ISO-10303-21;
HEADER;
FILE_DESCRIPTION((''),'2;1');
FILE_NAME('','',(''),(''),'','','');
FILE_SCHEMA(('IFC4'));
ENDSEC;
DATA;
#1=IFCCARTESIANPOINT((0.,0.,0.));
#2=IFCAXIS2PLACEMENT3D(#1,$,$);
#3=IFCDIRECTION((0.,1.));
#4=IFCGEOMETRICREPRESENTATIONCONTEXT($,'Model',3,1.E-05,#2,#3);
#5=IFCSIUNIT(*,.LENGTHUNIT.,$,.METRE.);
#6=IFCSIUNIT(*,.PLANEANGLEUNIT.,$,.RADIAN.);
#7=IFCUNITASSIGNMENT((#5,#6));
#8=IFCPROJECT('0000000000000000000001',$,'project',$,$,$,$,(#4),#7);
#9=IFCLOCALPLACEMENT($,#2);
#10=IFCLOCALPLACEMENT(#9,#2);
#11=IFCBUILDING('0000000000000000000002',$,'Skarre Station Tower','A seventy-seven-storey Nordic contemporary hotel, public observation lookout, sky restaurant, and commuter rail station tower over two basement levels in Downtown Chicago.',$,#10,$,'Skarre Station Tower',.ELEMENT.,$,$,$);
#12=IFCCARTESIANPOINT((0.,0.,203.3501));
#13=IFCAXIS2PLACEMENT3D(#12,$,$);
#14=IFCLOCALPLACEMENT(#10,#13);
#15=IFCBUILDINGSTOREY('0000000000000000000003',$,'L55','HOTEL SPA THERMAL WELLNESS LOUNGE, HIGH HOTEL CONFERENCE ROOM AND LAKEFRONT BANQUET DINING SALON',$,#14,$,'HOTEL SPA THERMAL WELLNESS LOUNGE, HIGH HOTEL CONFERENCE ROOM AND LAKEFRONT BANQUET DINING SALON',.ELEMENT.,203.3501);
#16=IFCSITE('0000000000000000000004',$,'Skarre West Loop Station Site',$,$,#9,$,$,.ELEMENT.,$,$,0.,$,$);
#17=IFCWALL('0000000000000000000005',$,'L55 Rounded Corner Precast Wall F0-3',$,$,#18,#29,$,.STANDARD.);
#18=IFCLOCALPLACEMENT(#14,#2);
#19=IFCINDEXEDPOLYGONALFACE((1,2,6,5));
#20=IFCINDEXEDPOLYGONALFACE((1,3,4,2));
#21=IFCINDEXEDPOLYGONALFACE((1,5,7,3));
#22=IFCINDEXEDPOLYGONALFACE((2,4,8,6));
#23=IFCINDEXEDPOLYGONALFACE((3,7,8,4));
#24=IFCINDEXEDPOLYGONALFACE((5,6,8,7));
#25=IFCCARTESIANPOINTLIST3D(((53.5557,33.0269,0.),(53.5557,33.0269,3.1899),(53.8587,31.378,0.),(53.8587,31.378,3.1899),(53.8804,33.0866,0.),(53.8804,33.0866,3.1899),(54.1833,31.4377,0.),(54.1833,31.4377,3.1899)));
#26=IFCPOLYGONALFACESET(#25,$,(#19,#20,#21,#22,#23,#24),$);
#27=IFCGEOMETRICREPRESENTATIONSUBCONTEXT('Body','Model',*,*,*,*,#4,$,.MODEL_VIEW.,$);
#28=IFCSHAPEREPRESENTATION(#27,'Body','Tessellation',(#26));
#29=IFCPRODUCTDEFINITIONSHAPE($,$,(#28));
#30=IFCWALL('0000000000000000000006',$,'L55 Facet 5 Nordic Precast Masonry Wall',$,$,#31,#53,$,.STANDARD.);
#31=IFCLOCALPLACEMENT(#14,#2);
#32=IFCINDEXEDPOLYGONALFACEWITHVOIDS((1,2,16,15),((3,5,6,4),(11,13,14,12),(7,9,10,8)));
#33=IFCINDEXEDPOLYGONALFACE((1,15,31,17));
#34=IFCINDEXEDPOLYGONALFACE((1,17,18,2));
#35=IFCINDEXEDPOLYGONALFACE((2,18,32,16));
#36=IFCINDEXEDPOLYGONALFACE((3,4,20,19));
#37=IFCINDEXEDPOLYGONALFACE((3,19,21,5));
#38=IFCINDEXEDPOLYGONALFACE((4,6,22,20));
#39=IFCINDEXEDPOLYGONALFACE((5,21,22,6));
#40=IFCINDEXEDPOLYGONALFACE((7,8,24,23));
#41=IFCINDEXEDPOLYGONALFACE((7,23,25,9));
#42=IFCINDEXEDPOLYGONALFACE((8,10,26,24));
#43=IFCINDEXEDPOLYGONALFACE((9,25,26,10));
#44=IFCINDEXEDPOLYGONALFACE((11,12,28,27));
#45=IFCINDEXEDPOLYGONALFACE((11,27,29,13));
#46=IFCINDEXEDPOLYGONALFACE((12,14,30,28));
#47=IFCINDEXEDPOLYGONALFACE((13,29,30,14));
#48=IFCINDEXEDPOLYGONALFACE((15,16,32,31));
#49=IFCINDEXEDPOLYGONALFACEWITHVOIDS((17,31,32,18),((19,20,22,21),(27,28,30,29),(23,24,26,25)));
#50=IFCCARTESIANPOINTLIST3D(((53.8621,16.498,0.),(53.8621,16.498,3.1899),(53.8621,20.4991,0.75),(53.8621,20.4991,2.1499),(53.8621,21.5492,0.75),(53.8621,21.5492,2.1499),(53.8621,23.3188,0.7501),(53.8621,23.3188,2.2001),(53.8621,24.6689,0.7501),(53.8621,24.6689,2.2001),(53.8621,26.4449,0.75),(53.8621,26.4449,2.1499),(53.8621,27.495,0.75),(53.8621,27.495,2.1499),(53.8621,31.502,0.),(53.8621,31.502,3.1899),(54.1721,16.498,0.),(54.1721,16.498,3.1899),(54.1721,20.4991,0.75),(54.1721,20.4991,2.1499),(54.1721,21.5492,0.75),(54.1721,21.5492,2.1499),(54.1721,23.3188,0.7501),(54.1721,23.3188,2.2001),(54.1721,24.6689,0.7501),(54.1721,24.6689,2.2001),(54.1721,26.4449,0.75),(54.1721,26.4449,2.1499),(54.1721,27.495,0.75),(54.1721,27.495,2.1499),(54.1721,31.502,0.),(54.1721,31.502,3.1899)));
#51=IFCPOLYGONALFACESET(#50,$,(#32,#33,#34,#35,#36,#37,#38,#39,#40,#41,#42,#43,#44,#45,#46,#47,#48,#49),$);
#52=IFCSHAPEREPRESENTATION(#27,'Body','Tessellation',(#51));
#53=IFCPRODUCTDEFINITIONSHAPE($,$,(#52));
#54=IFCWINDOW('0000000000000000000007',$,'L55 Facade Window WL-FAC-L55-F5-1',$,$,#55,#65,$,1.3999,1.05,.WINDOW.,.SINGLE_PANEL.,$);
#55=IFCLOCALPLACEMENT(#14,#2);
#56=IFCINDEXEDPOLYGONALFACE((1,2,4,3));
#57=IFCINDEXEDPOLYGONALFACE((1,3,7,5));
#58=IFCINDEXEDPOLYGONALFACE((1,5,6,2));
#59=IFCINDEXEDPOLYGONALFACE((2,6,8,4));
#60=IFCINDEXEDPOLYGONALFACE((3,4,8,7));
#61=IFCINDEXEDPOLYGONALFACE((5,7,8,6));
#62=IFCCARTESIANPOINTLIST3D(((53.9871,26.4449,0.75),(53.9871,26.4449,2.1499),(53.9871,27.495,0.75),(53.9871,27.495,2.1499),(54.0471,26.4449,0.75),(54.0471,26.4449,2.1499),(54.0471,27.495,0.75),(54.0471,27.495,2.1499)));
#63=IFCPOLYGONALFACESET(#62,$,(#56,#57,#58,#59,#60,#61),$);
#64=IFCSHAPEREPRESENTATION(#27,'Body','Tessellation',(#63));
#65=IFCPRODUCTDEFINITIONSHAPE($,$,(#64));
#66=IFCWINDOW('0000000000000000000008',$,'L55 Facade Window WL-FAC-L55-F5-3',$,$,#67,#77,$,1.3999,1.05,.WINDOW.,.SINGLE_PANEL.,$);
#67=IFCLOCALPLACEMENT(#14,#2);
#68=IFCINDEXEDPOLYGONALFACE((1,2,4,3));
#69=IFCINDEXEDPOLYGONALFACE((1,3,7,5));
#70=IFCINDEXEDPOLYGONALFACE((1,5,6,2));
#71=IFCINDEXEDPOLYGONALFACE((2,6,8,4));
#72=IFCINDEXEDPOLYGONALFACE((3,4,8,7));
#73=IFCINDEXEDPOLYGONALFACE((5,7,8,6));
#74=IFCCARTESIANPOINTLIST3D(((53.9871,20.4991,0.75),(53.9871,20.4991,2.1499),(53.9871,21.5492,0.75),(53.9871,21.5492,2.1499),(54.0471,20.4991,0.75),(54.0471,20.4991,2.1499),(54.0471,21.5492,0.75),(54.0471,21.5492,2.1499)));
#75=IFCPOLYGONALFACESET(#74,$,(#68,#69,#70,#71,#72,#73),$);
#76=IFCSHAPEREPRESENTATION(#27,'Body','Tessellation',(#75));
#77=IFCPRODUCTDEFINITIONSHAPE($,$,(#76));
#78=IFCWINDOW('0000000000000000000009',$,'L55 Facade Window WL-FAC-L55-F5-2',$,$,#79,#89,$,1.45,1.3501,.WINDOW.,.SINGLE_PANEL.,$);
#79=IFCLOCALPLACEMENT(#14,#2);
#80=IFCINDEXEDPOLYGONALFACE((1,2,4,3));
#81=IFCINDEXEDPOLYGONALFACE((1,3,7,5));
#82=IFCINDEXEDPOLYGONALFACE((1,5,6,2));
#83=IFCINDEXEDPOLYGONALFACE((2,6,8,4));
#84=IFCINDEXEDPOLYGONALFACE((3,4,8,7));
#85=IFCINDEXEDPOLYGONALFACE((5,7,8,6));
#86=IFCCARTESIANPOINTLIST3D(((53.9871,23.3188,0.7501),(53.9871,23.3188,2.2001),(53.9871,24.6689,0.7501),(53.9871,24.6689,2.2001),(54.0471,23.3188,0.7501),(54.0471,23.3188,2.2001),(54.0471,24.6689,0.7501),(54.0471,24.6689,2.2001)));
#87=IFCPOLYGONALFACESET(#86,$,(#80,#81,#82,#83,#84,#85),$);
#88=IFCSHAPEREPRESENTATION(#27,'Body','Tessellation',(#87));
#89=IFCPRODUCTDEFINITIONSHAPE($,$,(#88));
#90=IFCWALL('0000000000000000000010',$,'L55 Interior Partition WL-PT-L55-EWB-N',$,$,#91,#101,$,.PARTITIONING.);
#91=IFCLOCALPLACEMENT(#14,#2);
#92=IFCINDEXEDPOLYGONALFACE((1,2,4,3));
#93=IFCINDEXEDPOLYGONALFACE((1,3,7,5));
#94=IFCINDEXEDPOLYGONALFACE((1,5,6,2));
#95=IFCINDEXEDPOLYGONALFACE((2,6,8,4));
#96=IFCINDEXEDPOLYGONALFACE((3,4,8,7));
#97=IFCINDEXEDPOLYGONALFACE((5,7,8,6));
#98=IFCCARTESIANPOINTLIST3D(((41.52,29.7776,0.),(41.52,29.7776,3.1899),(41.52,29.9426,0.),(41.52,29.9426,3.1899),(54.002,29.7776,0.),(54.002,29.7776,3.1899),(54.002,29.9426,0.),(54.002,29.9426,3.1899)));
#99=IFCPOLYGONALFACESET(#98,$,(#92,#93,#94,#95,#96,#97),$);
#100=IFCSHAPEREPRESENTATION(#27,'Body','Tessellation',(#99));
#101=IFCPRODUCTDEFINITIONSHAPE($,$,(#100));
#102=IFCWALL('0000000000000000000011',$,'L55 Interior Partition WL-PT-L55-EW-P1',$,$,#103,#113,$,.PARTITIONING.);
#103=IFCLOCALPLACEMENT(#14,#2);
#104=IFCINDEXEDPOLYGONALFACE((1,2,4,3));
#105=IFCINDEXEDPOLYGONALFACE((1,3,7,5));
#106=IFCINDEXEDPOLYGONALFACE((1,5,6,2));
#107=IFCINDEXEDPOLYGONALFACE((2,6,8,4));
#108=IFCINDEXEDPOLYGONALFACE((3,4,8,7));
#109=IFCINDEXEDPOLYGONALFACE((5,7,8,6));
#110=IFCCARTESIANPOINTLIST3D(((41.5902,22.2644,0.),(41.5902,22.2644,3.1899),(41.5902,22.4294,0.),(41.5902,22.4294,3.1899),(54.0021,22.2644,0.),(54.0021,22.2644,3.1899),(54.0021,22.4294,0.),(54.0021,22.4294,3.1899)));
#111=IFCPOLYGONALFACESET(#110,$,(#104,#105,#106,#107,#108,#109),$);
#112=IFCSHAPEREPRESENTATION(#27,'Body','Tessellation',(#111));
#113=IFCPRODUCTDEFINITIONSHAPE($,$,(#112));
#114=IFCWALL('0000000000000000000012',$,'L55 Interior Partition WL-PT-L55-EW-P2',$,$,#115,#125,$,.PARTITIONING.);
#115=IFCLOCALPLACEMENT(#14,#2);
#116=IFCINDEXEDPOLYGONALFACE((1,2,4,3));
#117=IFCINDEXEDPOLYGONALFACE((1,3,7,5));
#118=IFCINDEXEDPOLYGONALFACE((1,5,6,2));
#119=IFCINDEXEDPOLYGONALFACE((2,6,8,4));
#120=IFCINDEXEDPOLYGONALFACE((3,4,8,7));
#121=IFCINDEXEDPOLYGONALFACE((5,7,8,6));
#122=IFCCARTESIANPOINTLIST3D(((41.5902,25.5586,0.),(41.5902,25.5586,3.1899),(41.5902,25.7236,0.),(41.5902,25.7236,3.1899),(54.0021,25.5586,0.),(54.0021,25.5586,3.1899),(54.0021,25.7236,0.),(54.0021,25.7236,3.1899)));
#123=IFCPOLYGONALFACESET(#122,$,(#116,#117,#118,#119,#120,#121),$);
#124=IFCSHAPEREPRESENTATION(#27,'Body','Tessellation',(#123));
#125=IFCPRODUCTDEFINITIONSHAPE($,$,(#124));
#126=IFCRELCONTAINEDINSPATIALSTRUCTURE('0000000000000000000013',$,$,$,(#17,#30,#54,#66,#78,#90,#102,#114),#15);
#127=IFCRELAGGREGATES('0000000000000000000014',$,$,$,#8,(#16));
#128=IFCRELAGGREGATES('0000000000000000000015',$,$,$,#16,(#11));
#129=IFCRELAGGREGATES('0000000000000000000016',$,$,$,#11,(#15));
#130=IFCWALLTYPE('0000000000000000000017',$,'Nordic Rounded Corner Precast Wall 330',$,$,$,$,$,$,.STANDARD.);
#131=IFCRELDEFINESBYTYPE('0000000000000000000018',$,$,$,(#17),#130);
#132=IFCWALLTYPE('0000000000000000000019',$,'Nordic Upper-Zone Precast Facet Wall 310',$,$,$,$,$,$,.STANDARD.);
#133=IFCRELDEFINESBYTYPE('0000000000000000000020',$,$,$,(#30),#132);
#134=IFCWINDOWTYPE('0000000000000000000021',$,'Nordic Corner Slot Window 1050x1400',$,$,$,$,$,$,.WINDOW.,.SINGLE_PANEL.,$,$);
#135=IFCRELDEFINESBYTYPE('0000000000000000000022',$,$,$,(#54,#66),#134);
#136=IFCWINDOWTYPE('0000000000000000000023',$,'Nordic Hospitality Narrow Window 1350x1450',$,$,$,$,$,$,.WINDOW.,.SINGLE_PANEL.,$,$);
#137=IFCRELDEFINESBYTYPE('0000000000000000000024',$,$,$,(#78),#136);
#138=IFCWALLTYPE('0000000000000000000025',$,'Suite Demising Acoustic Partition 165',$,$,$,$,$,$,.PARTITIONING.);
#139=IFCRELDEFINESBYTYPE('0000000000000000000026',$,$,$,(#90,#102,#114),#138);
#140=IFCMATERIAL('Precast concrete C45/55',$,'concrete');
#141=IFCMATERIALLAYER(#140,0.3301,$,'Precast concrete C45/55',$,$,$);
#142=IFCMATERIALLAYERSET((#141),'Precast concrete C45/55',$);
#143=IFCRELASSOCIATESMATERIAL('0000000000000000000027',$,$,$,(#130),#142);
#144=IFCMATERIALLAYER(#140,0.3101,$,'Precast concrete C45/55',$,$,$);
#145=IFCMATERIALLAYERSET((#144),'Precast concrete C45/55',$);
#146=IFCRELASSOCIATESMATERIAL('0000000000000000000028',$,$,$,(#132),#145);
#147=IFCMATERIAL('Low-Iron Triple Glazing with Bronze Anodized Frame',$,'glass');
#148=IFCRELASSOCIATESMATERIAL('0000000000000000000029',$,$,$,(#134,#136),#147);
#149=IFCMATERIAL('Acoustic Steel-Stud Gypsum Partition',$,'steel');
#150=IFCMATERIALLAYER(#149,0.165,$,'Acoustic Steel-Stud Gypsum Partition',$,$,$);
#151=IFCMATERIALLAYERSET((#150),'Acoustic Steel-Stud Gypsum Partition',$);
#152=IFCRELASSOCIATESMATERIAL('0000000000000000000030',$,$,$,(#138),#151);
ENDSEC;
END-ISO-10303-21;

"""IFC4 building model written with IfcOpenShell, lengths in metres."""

from ifc_helpers import new_model, si_unit, direction, frame, frame_2d, origin, place, context, subcontext, project, spatial, rectangle, extrude, material, layer, layer_set, type_object, element, fill, save


model = new_model("IFC4")

# Units and contexts
model_context = context("Model", 3, precision=1e-05, world=origin(), true_north=direction((0.0, 1.0)))
body_context = subcontext(model_context, "Body", "Model", "MODEL_VIEW")
ifc_project = project(units=[si_unit("LENGTHUNIT", "METRE"), si_unit("PLANEANGLEUNIT", "RADIAN")], contexts=[model_context])

# Site, building, storey
site_placement = place(None, origin())
site = spatial("IfcSite", under=ifc_project, at=site_placement, Name="Skarre West Loop Station Site", CompositionType="ELEMENT", RefElevation=0.0)
building_placement = place(site_placement, origin())
building = spatial("IfcBuilding", under=site, at=building_placement, Name="Skarre Station Tower", Description="A seventy-seven-storey Nordic contemporary hotel, public observation lookout, sky restaurant, and commuter rail station tower over two basement levels in Downtown Chicago.", LongName="Skarre Station Tower", CompositionType="ELEMENT")
storey_placement = place(building_placement, frame((0.0, 0.0, 203.3501)))
storey = spatial("IfcBuildingStorey", under=building, at=storey_placement, Name="L55", Description="HOTEL SPA THERMAL WELLNESS LOUNGE, HIGH HOTEL CONFERENCE ROOM AND LAKEFRONT BANQUET DINING SALON", LongName="HOTEL SPA THERMAL WELLNESS LOUNGE, HIGH HOTEL CONFERENCE ROOM AND LAKEFRONT BANQUET DINING SALON", CompositionType="ELEMENT", Elevation=203.3501)

# Shared definitions
ifc_material_1 = material(Name="Acoustic Steel-Stud Gypsum Partition", Category="steel")

# Wall
ifc_material_2 = material(Name="Precast concrete C45/55", Category="concrete")
ifc_layer_1 = layer(ifc_material_2, 0.3301, Name="Precast concrete C45/55")
ifc_layer_set_1 = layer_set([ifc_layer_1], Name="Precast concrete C45/55")
wall_type_1 = type_object("IfcWallType", Name="Nordic Rounded Corner Precast Wall 330", PredefinedType="STANDARD", material=ifc_layer_set_1)
wall_1_placement = place(storey_placement, frame((53.718, 33.0569, 0.0), z_axis=(0.0, 0.0, 1.0), x_axis=(0.180718, -0.983535, 0.0)))
element("IfcWall", 1, at=wall_1_placement, inside=storey, type_object=wall_type_1, Name="L55 Rounded Corner Precast Wall F0-3", PredefinedType="STANDARD", context=body_context, shape_type="SweptSolid", body=[
    extrude(rectangle(XDim=1.6765, YDim=0.3301, at=frame_2d((0.8384, 0.0))), origin(), (0.0, 0.0, 1.0), 3.1899),
])

# Wall, openings, windows
ifc_layer_2 = layer(ifc_material_2, 0.3101, Name="Precast concrete C45/55")
ifc_layer_set_2 = layer_set([ifc_layer_2], Name="Precast concrete C45/55")
wall_type_2 = type_object("IfcWallType", Name="Nordic Upper-Zone Precast Facet Wall 310", PredefinedType="STANDARD", material=ifc_layer_set_2)
wall_2_placement = place(storey_placement, frame((54.0171, 31.502, 0.0), z_axis=(0.0, 0.0, 1.0), x_axis=(0.0, -1.0, 0.0)))
wall_2 = element("IfcWall", 2, at=wall_2_placement, inside=storey, type_object=wall_type_2, Name="L55 Facet 5 Nordic Precast Masonry Wall", PredefinedType="STANDARD", context=body_context, shape_type="SweptSolid", body=[
    extrude(rectangle(XDim=15.0039, YDim=0.3101, at=frame_2d((7.502, 0.0))), origin(), (0.0, 0.0, 1.0), 3.1899),
])
opening_1_placement = place(wall_2_placement, frame((4.0071, 0.0, 0.75)))
opening_1 = element("IfcOpeningElement", 3, at=opening_1_placement, cuts=wall_2, PredefinedType="OPENING", context=body_context, shape_type="SweptSolid", body=[
    extrude(rectangle(XDim=1.05, YDim=1.3999, at=frame_2d((0.5249, 0.7))), frame((0.0, 0.165, 0.0), z_axis=(0.0, -1.0, 0.0), x_axis=(1.0, 0.0, 0.0)), (0.0, 0.0, 1.0), 0.3301),
])
opening_2_placement = place(wall_2_placement, frame((6.833, 0.0, 0.75)))
opening_2 = element("IfcOpeningElement", 4, at=opening_2_placement, cuts=wall_2, PredefinedType="OPENING", context=body_context, shape_type="SweptSolid", body=[
    extrude(rectangle(XDim=1.3501, YDim=1.45, at=frame_2d((0.675, 0.7251))), frame((0.0, 0.165, 0.0), z_axis=(0.0, -1.0, 0.0), x_axis=(1.0, 0.0, 0.0)), (0.0, 0.0, 1.0), 0.3301),
])
opening_3_placement = place(wall_2_placement, frame((9.9529, 0.0, 0.75)))
opening_3 = element("IfcOpeningElement", 5, at=opening_3_placement, cuts=wall_2, PredefinedType="OPENING", context=body_context, shape_type="SweptSolid", body=[
    extrude(rectangle(XDim=1.05, YDim=1.3999, at=frame_2d((0.5249, 0.7))), frame((0.0, 0.165, 0.0), z_axis=(0.0, -1.0, 0.0), x_axis=(1.0, 0.0, 0.0)), (0.0, 0.0, 1.0), 0.3301),
])
ifc_material_3 = material(Name="Low-Iron Triple Glazing with Bronze Anodized Frame", Category="glass")
window_type_1 = type_object("IfcWindowType", Name="Nordic Corner Slot Window 1050x1400", PartitioningType="SINGLE_PANEL", PredefinedType="WINDOW", material=ifc_material_3)
window_1_placement = place(opening_1_placement, origin())
window_1 = element("IfcWindow", 6, at=window_1_placement, inside=storey, type_object=window_type_1, Name="L55 Facade Window WL-FAC-L55-F5-1", OverallHeight=1.3999, OverallWidth=1.05, PartitioningType="SINGLE_PANEL", PredefinedType="WINDOW", context=body_context, shape_type="SweptSolid", body=[
    extrude(rectangle(XDim=1.05, YDim=1.3999, at=frame_2d((0.5249, 0.7))), frame((0.0, 0.03, 0.0), z_axis=(0.0, -1.0, 0.0), x_axis=(1.0, 0.0, 0.0)), (0.0, 0.0, 1.0), 0.0601),
])
fill(opening_1, window_1)
window_2_placement = place(opening_3_placement, origin())
window_2 = element("IfcWindow", 7, at=window_2_placement, inside=storey, type_object=window_type_1, Name="L55 Facade Window WL-FAC-L55-F5-3", OverallHeight=1.3999, OverallWidth=1.05, PartitioningType="SINGLE_PANEL", PredefinedType="WINDOW", context=body_context, shape_type="SweptSolid", body=[
    extrude(rectangle(XDim=1.05, YDim=1.3999, at=frame_2d((0.5249, 0.7))), frame((0.0, 0.03, 0.0), z_axis=(0.0, -1.0, 0.0), x_axis=(1.0, 0.0, 0.0)), (0.0, 0.0, 1.0), 0.0601),
])
fill(opening_3, window_2)
window_type_2 = type_object("IfcWindowType", Name="Nordic Hospitality Narrow Window 1350x1450", PartitioningType="SINGLE_PANEL", PredefinedType="WINDOW", material=ifc_material_3)
window_3_placement = place(opening_2_placement, origin())
window_3 = element("IfcWindow", 8, at=window_3_placement, inside=storey, type_object=window_type_2, Name="L55 Facade Window WL-FAC-L55-F5-2", OverallHeight=1.45, OverallWidth=1.3501, PartitioningType="SINGLE_PANEL", PredefinedType="WINDOW", context=body_context, shape_type="SweptSolid", body=[
    extrude(rectangle(XDim=1.3501, YDim=1.45, at=frame_2d((0.675, 0.7251))), frame((0.0, 0.03, 0.0), z_axis=(0.0, -1.0, 0.0), x_axis=(1.0, 0.0, 0.0)), (0.0, 0.0, 1.0), 0.0601),
])
fill(opening_2, window_3)

# Walls
ifc_layer_3 = layer(ifc_material_1, 0.165, Name="Acoustic Steel-Stud Gypsum Partition")
ifc_layer_set_3 = layer_set([ifc_layer_3], Name="Acoustic Steel-Stud Gypsum Partition")
wall_type_3 = type_object("IfcWallType", Name="Suite Demising Acoustic Partition 165", PredefinedType="PARTITIONING", material=ifc_layer_set_3)
wall_3_placement = place(storey_placement, frame((41.52, 29.8601, 0.0), z_axis=(0.0, 0.0, 1.0), x_axis=(1.0, 0.0, 0.0)))
element("IfcWall", 9, at=wall_3_placement, inside=storey, type_object=wall_type_3, Name="L55 Interior Partition WL-PT-L55-EWB-N", PredefinedType="PARTITIONING", context=body_context, shape_type="SweptSolid", body=[
    extrude(rectangle(XDim=12.4819, YDim=0.165, at=frame_2d((6.241, 0.0))), origin(), (0.0, 0.0, 1.0), 3.1899),
])
for number, where, z_axis, x_axis, name in (
    (10, (41.5901, 22.3469, 0.0), (0.0, 0.0, 1.0), (1.0, 0.0, 0.0), "L55 Interior Partition WL-PT-L55-EW-P1"),
    (11, (41.5901, 25.6411, 0.0), (0.0, 0.0, 1.0), (1.0, 0.0, 0.0), "L55 Interior Partition WL-PT-L55-EW-P2"),
):
    element("IfcWall", number, at=place(storey_placement, frame(where, z_axis=z_axis, x_axis=x_axis)), inside=storey, type_object=wall_type_3, Name=name, PredefinedType="PARTITIONING", context=body_context, shape_type="SweptSolid", body=[
        extrude(rectangle(XDim=12.4119, YDim=0.165, at=frame_2d((6.2061, 0.0))), origin(), (0.0, 0.0, 1.0), 3.1899),
    ])

save(model, "model.ifc")
